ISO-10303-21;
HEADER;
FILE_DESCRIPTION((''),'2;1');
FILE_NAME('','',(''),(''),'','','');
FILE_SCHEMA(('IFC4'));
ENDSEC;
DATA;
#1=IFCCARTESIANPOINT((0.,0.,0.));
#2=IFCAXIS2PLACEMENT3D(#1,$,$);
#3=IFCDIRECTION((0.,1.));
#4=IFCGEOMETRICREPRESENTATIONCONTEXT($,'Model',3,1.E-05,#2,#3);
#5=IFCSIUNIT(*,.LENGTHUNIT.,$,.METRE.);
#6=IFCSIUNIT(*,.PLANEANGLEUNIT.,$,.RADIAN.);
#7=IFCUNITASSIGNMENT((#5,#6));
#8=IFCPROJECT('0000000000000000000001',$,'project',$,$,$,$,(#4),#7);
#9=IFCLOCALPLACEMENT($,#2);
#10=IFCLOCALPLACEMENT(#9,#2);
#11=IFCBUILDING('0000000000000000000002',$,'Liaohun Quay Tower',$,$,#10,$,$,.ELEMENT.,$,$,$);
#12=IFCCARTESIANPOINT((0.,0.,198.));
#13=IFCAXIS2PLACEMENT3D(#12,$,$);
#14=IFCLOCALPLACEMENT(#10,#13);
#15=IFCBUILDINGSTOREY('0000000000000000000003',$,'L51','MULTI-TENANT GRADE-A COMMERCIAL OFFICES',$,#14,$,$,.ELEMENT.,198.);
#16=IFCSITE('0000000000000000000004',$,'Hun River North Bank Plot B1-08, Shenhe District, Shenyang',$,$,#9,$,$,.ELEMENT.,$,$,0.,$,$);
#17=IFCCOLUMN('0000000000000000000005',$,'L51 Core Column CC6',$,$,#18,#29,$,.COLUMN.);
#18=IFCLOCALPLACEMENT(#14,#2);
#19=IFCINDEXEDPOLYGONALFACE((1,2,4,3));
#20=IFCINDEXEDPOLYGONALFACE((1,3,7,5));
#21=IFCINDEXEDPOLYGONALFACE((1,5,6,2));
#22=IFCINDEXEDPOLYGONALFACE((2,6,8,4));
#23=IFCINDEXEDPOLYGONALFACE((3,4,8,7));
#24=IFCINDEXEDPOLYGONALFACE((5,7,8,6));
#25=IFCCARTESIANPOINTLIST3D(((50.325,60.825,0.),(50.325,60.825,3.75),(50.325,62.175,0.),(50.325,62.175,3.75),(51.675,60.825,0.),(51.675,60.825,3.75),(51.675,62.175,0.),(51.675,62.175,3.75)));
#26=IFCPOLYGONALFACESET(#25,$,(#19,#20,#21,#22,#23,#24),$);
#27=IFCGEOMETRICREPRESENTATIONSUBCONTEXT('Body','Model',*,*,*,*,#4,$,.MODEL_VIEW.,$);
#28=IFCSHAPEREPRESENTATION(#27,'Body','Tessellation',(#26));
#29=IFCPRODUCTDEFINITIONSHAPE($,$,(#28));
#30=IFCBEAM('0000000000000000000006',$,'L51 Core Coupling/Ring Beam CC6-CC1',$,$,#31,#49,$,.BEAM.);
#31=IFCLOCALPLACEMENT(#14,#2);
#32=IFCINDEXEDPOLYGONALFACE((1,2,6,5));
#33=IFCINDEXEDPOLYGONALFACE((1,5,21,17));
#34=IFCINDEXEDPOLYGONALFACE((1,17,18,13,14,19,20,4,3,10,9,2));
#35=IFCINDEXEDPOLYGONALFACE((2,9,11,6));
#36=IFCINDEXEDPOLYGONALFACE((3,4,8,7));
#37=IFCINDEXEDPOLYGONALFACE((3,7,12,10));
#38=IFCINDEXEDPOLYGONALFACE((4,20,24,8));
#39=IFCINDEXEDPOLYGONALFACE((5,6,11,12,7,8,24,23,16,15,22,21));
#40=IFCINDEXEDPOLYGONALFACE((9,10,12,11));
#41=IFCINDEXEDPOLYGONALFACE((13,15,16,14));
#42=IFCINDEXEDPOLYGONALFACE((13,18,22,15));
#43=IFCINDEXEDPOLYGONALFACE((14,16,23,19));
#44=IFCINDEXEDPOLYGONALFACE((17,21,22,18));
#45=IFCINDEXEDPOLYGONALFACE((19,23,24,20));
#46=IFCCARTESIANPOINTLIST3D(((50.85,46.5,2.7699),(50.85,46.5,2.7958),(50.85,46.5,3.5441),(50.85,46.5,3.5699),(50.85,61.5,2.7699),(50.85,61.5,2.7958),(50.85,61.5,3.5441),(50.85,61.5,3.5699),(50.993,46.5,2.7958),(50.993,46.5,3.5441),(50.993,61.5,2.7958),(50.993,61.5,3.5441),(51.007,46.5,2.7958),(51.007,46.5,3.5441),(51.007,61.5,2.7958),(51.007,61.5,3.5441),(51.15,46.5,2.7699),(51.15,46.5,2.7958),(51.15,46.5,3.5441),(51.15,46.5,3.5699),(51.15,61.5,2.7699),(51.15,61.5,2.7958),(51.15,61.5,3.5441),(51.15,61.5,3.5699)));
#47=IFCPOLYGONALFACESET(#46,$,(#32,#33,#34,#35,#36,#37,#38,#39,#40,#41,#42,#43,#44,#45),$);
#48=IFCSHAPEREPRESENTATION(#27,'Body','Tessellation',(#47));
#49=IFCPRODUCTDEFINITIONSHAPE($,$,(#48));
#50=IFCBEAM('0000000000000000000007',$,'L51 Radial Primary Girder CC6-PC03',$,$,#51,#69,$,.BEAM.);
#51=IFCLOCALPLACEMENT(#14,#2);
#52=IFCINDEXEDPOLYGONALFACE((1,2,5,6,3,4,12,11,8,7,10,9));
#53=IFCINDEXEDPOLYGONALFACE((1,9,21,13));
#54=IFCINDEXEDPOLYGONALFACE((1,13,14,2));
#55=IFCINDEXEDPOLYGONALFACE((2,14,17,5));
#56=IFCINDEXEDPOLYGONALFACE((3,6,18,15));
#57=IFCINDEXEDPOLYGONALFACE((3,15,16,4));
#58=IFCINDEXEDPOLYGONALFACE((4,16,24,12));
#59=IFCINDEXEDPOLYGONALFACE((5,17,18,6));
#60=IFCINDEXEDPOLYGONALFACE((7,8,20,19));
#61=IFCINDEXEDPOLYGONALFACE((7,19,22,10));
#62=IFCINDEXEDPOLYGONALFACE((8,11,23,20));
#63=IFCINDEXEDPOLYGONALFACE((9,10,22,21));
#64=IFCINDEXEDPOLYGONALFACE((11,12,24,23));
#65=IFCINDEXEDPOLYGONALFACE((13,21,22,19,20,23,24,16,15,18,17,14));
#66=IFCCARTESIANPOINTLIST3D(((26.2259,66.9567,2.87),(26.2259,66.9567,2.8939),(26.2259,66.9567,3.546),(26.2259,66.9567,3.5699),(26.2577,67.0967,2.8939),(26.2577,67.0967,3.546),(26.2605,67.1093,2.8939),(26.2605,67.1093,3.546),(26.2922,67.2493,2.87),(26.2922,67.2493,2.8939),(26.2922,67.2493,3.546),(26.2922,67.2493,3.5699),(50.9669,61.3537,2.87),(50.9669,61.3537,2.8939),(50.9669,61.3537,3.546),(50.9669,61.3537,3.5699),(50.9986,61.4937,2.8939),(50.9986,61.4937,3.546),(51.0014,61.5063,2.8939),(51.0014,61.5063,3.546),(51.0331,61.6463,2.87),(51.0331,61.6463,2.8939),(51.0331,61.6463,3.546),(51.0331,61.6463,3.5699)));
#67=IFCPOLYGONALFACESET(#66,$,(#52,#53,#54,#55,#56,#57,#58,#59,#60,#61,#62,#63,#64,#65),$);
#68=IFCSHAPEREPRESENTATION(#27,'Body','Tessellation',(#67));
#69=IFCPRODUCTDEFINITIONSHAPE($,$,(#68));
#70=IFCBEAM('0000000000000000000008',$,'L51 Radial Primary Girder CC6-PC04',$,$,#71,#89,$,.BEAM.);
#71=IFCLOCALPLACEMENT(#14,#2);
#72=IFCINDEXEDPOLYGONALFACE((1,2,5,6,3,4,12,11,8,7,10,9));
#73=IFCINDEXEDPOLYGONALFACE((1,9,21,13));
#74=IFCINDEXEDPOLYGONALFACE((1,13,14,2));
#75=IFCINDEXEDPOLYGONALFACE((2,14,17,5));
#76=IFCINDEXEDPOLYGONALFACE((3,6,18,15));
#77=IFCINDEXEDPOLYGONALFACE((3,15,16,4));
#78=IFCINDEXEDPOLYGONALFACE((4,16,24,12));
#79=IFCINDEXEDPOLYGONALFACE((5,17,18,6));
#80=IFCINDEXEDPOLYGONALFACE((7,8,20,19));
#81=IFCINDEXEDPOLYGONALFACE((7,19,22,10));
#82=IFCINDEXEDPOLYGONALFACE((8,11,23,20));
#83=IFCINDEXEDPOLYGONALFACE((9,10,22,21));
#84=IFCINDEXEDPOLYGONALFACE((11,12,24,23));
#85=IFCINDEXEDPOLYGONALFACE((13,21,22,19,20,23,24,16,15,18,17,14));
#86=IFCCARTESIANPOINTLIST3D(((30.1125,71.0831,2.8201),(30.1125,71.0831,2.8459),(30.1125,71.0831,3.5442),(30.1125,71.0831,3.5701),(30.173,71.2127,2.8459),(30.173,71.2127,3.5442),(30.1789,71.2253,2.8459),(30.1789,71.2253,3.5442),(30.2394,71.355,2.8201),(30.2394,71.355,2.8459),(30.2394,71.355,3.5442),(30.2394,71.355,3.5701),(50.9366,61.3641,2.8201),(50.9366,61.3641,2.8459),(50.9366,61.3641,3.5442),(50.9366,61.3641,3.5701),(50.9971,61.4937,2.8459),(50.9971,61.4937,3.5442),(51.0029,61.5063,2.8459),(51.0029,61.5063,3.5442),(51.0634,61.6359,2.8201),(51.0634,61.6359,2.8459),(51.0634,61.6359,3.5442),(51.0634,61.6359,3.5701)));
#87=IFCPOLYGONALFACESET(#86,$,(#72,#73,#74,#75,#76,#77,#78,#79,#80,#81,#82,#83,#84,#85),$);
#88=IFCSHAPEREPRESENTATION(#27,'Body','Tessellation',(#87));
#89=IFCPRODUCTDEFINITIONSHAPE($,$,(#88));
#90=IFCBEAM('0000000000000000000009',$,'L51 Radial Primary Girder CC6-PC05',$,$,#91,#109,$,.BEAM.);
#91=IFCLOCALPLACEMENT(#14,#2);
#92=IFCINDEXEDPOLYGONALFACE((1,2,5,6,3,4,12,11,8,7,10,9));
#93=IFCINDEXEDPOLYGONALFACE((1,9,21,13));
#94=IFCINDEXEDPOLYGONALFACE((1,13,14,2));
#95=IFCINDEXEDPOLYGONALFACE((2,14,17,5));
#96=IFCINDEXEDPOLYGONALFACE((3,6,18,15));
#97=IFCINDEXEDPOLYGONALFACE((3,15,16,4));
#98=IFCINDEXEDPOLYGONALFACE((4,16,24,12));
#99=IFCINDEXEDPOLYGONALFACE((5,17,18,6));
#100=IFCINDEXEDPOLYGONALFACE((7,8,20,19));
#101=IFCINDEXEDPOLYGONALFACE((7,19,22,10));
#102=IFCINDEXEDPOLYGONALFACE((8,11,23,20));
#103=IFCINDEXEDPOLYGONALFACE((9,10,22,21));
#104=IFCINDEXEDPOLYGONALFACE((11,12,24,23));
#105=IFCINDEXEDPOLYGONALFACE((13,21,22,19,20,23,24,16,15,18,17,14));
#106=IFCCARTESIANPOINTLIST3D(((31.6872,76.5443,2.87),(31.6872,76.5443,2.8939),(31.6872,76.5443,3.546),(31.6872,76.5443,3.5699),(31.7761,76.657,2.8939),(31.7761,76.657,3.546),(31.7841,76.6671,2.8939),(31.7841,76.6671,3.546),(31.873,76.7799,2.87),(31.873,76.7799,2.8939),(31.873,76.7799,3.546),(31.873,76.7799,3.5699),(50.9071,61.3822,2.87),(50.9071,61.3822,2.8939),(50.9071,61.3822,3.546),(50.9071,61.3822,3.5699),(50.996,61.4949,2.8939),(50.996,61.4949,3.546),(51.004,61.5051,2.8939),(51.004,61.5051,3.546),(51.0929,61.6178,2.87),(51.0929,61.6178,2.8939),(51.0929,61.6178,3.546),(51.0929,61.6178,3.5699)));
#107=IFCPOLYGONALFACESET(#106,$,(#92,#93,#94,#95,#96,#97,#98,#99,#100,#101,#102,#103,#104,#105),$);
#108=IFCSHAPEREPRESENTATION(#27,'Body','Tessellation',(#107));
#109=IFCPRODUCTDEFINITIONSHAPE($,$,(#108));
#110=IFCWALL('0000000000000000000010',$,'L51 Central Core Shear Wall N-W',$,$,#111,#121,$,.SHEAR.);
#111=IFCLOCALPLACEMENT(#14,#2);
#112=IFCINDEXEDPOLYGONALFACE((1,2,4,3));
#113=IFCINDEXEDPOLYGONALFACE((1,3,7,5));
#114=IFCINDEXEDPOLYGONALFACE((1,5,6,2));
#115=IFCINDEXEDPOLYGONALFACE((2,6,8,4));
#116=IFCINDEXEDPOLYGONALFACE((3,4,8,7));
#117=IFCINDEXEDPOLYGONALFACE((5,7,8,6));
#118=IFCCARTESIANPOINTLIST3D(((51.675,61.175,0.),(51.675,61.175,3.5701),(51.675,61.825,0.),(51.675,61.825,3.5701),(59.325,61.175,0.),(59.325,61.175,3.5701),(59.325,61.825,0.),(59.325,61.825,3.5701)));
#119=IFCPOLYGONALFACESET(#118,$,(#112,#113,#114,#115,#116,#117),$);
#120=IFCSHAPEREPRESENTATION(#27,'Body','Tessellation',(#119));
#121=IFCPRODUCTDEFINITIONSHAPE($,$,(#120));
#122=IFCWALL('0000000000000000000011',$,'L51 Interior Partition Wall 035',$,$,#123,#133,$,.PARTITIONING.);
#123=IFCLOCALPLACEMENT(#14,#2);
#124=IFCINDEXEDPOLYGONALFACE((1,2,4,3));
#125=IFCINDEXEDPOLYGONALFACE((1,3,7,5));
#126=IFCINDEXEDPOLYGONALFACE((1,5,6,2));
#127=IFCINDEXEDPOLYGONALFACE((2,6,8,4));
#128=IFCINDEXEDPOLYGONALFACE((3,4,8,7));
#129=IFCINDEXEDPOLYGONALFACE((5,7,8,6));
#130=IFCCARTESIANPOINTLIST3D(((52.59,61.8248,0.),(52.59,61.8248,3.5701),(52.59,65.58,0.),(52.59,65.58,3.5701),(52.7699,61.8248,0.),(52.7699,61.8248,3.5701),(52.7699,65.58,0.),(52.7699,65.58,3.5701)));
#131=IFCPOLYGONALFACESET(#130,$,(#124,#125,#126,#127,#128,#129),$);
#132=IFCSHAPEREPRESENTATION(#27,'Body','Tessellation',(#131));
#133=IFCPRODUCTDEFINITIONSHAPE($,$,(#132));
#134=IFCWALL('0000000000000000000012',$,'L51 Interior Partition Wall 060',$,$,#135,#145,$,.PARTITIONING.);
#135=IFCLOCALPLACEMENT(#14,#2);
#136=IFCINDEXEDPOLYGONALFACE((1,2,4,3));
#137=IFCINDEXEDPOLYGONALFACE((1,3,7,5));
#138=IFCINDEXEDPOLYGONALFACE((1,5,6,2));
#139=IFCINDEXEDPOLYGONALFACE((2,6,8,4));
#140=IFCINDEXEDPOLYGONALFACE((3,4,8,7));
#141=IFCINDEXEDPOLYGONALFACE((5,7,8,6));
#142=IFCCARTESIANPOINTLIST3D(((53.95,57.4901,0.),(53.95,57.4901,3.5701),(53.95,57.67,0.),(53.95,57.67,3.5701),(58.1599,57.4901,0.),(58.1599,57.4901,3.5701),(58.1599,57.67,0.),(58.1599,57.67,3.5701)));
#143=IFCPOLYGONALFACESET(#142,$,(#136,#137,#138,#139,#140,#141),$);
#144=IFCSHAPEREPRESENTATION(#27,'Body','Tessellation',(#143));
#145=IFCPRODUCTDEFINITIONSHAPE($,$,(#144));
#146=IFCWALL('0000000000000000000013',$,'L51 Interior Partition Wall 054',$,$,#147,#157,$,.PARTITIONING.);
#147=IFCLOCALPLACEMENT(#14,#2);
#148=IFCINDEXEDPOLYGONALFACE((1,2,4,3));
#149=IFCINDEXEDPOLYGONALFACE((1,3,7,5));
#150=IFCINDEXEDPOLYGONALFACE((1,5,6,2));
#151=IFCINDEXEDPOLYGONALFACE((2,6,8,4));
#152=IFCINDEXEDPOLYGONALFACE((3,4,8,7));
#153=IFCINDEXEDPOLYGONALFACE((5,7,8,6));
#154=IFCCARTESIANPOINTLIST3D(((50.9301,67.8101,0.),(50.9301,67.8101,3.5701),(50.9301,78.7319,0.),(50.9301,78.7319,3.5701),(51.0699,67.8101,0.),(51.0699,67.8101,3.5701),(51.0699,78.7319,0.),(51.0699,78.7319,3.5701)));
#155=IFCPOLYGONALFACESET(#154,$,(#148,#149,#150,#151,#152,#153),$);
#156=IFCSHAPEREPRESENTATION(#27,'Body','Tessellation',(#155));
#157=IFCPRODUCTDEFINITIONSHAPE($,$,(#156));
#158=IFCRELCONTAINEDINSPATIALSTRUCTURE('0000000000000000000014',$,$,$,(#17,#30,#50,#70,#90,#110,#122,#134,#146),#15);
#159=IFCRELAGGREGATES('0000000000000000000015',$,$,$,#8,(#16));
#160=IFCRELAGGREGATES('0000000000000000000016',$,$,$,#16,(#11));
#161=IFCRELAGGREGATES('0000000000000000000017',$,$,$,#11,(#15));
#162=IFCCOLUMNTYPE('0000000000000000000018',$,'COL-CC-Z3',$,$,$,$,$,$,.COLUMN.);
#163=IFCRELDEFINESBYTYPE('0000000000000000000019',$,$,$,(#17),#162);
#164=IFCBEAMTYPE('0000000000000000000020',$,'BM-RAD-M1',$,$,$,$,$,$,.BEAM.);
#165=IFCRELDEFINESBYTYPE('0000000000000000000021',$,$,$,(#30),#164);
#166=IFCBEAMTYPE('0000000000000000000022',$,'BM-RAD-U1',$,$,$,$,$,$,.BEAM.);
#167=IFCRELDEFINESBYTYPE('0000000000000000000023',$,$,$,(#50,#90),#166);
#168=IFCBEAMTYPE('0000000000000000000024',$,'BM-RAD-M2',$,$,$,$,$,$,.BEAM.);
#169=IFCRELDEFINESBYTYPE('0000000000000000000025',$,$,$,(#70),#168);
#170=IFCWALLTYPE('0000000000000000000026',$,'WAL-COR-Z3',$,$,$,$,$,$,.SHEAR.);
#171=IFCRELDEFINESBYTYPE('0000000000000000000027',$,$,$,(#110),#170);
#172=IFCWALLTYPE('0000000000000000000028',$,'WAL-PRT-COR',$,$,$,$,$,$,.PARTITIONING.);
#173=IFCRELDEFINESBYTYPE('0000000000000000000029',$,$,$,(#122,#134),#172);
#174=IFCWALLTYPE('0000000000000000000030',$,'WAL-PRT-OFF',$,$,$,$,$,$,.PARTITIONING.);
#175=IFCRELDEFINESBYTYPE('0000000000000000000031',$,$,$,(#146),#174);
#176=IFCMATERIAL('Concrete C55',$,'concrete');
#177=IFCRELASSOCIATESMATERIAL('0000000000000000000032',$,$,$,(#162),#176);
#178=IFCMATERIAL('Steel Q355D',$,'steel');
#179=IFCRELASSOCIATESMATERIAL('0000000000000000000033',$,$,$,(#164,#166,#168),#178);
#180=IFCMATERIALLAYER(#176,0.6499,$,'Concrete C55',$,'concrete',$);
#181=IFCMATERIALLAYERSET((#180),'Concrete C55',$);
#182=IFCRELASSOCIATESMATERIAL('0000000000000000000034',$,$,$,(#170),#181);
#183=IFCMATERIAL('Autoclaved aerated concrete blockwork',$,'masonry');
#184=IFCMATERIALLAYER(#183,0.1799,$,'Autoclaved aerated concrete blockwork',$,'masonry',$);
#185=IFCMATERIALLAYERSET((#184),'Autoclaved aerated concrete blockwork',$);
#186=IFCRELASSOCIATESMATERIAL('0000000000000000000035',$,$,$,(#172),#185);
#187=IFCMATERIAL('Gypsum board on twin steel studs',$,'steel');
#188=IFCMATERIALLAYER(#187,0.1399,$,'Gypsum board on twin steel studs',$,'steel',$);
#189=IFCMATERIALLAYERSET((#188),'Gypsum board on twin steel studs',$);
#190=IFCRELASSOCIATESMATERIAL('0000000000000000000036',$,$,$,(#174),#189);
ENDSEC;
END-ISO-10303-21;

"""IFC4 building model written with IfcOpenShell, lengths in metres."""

from ifc_helpers import new_model, si_unit, direction, frame, frame_2d, origin, origin_2d, place, context, subcontext, project, spatial, rectangle, i_section, extrude, source, transform, mapped, material, layer, layer_set, material_profile, profile_set, type_object, element, save


model = new_model("IFC4")

# Units and contexts
model_context = context("Model", 3, precision=1e-05, world=origin(), true_north=direction((0.0, 1.0)))
body_context = subcontext(model_context, "Body", "Model", "MODEL_VIEW")
ifc_project = project(units=[si_unit("LENGTHUNIT", "METRE"), si_unit("PLANEANGLEUNIT", "RADIAN")], contexts=[model_context])

# Site, building, storey
site_placement = place(None, origin())
site = spatial("IfcSite", under=ifc_project, at=site_placement, Name="Hun River North Bank Plot B1-08, Shenhe District, Shenyang", CompositionType="ELEMENT", RefElevation=0.0)
building_placement = place(site_placement, origin())
building = spatial("IfcBuilding", under=site, at=building_placement, Name="Liaohun Quay Tower", CompositionType="ELEMENT")
storey_placement = place(building_placement, frame((0.0, 0.0, 198.0)))
storey = spatial("IfcBuildingStorey", under=building, at=storey_placement, Name="L51", Description="MULTI-TENANT GRADE-A COMMERCIAL OFFICES", CompositionType="ELEMENT", Elevation=198.0)

# Column
ifc_material_1 = material(Name="Concrete C55", Category="concrete")
ifc_material_profile_1 = material_profile(ifc_material_1, rectangle(XDim=1.3501, YDim=1.3501, at=origin_2d()), Name="RC1350x1350")
ifc_profile_set_1 = profile_set([ifc_material_profile_1], Name="Concrete C55")
column_type = type_object("IfcColumnType", Name="COL-CC-Z3", PredefinedType="COLUMN", material=ifc_profile_set_1)
shared_shape_1 = source(origin(), body_context, "Body", "SweptSolid", [
    extrude(rectangle(XDim=1.3501, YDim=1.3501, at=origin_2d()), origin(), (0.0, 0.0, 1.0), 3.75),
])
column_placement = place(storey_placement, frame((51.0, 61.5, 0.0), z_axis=(0.0, 0.0, 1.0), x_axis=(1.0, 0.0, 0.0)))
element("IfcColumn", 1, at=column_placement, inside=storey, type_object=column_type, Name="L51 Core Column CC6", PredefinedType="COLUMN", context=body_context, shape_type="MappedRepresentation", body=[
    mapped(shared_shape_1, transform((0.0, 0.0, 0.0), x_axis=(1.0, 0.0, 0.0), y_axis=(0.0, 1.0, 0.0), z_axis=(0.0, 0.0, 1.0), scale=1.0)),
])

# Beams
ifc_material_2 = material(Name="Steel Q355D", Category="steel")
ifc_material_profile_2 = material_profile(ifc_material_2, i_section(OverallWidth=0.3, OverallDepth=0.8, WebThickness=0.0139, FlangeThickness=0.0259, at=origin_2d()), Name="HN800x300x14x26")
ifc_profile_set_2 = profile_set([ifc_material_profile_2], Name="Steel Q355D")
beam_type_1 = type_object("IfcBeamType", Name="BM-RAD-M1", PredefinedType="BEAM", material=ifc_profile_set_2)
shared_shape_2 = source(origin(), body_context, "Body", "SweptSolid", [
    extrude(i_section(OverallWidth=0.3, OverallDepth=0.8, WebThickness=0.0139, FlangeThickness=0.0259, at=origin_2d()), origin(), (0.0, 0.0, 1.0), 15.0),
])
beam_1_placement = place(storey_placement, frame((51.0, 61.5, 3.1699), z_axis=(0.0, -1.0, 0.0), x_axis=(1.0, 0.0, 0.0)))
element("IfcBeam", 2, at=beam_1_placement, inside=storey, type_object=beam_type_1, Name="L51 Core Coupling/Ring Beam CC6-CC1", PredefinedType="BEAM", context=body_context, shape_type="MappedRepresentation", body=[
    mapped(shared_shape_2, transform((0.0, 0.0, 0.0), x_axis=(1.0, 0.0, 0.0), y_axis=(0.0, 1.0, 0.0), z_axis=(0.0, 0.0, 1.0), scale=1.0)),
])
ifc_material_profile_3 = material_profile(ifc_material_2, i_section(OverallWidth=0.3, OverallDepth=0.7, WebThickness=0.0129, FlangeThickness=0.0239, at=origin_2d()), Name="HN700x300x13x24")
ifc_profile_set_3 = profile_set([ifc_material_profile_3], Name="Steel Q355D")
beam_type_2 = type_object("IfcBeamType", Name="BM-RAD-U1", PredefinedType="BEAM", material=ifc_profile_set_3)
shared_shape_3 = source(origin(), body_context, "Body", "SweptSolid", [
    extrude(i_section(OverallWidth=0.3, OverallDepth=0.7, WebThickness=0.0129, FlangeThickness=0.0239, at=origin_2d()), origin(), (0.0, 0.0, 1.0), 25.3674),
])
beam_2_placement = place(storey_placement, frame((51.0, 61.5, 3.22), z_axis=(-0.975302, 0.220874, 0.0), x_axis=(-0.220874, -0.975302, 0.0)))
element("IfcBeam", 3, at=beam_2_placement, inside=storey, type_object=beam_type_2, Name="L51 Radial Primary Girder CC6-PC03", PredefinedType="BEAM", context=body_context, shape_type="MappedRepresentation", body=[
    mapped(shared_shape_3, transform((0.0, 0.0, 0.0), x_axis=(1.0, 0.0, 0.0), y_axis=(0.0, 1.0, 0.0), z_axis=(0.0, 0.0, 1.0), scale=1.0)),
])
ifc_material_profile_4 = material_profile(ifc_material_2, i_section(OverallWidth=0.3, OverallDepth=0.75, WebThickness=0.0139, FlangeThickness=0.0259, at=origin_2d()), Name="HN750x300x14x26")
ifc_profile_set_4 = profile_set([ifc_material_profile_4], Name="Steel Q355D")
beam_type_3 = type_object("IfcBeamType", Name="BM-RAD-M2", PredefinedType="BEAM", material=ifc_profile_set_4)
shared_shape_4 = source(origin(), body_context, "Body", "SweptSolid", [
    extrude(i_section(OverallWidth=0.3, OverallDepth=0.75, WebThickness=0.0139, FlangeThickness=0.0259, at=origin_2d()), origin(), (0.0, 0.0, 1.0), 22.9805),
])
beam_3_placement = place(storey_placement, frame((51.0, 61.5, 3.1951), z_axis=(-0.906164, 0.422926, 0.0), x_axis=(-0.422926, -0.906164, 0.0)))
element("IfcBeam", 4, at=beam_3_placement, inside=storey, type_object=beam_type_3, Name="L51 Radial Primary Girder CC6-PC04", PredefinedType="BEAM", context=body_context, shape_type="MappedRepresentation", body=[
    mapped(shared_shape_4, transform((0.0, 0.0, 0.0), x_axis=(1.0, 0.0, 0.0), y_axis=(0.0, 1.0, 0.0), z_axis=(0.0, 0.0, 1.0), scale=1.0)),
])
shared_shape_5 = source(origin(), body_context, "Body", "SweptSolid", [
    extrude(i_section(OverallWidth=0.3, OverallDepth=0.7, WebThickness=0.0129, FlangeThickness=0.0239, at=origin_2d()), origin(), (0.0, 0.0, 1.0), 24.4805),
])
beam_4_placement = place(storey_placement, frame((51.0, 61.5, 3.22), z_axis=(-0.785112, 0.619354, 0.0), x_axis=(-0.619354, -0.785112, 0.0)))
element("IfcBeam", 5, at=beam_4_placement, inside=storey, type_object=beam_type_2, Name="L51 Radial Primary Girder CC6-PC05", PredefinedType="BEAM", context=body_context, shape_type="MappedRepresentation", body=[
    mapped(shared_shape_5, transform((0.0, 0.0, 0.0), x_axis=(1.0, 0.0, 0.0), y_axis=(0.0, 1.0, 0.0), z_axis=(0.0, 0.0, 1.0), scale=1.0)),
])

# Walls
ifc_layer_1 = layer(ifc_material_1, 0.6499, Name="Concrete C55", Category="concrete")
ifc_layer_set_1 = layer_set([ifc_layer_1], Name="Concrete C55")
wall_type_1 = type_object("IfcWallType", Name="WAL-COR-Z3", PredefinedType="SHEAR", material=ifc_layer_set_1)
wall_1_placement = place(storey_placement, frame((51.675, 61.5, 0.0), z_axis=(0.0, 0.0, 1.0), x_axis=(1.0, 0.0, 0.0)))
element("IfcWall", 6, at=wall_1_placement, inside=storey, type_object=wall_type_1, Name="L51 Central Core Shear Wall N-W", PredefinedType="SHEAR", context=body_context, shape_type="SweptSolid", body=[
    extrude(rectangle(XDim=7.6499, YDim=0.6499, at=frame_2d((3.825, 0.0))), origin(), (0.0, 0.0, 1.0), 3.5701),
])
ifc_material_3 = material(Name="Autoclaved aerated concrete blockwork", Category="masonry")
ifc_layer_2 = layer(ifc_material_3, 0.1799, Name="Autoclaved aerated concrete blockwork", Category="masonry")
ifc_layer_set_2 = layer_set([ifc_layer_2], Name="Autoclaved aerated concrete blockwork")
wall_type_2 = type_object("IfcWallType", Name="WAL-PRT-COR", PredefinedType="PARTITIONING", material=ifc_layer_set_2)
wall_2_placement = place(storey_placement, frame((52.6799, 61.825, 0.0), z_axis=(0.0, 0.0, 1.0), x_axis=(0.0, 1.0, 0.0)))
element("IfcWall", 7, at=wall_2_placement, inside=storey, type_object=wall_type_2, Name="L51 Interior Partition Wall 035", PredefinedType="PARTITIONING", context=body_context, shape_type="SweptSolid", body=[
    extrude(rectangle(XDim=3.7551, YDim=0.1799, at=frame_2d((1.8774, 0.0))), origin(), (0.0, 0.0, 1.0), 3.5701),
])
wall_3_placement = place(storey_placement, frame((53.95, 57.5801, 0.0), z_axis=(0.0, 0.0, 1.0), x_axis=(1.0, 0.0, 0.0)))
element("IfcWall", 8, at=wall_3_placement, inside=storey, type_object=wall_type_2, Name="L51 Interior Partition Wall 060", PredefinedType="PARTITIONING", context=body_context, shape_type="SweptSolid", body=[
    extrude(rectangle(XDim=4.21, YDim=0.1799, at=frame_2d((2.105, 0.0))), origin(), (0.0, 0.0, 1.0), 3.5701),
])
ifc_material_4 = material(Name="Gypsum board on twin steel studs", Category="steel")
ifc_layer_3 = layer(ifc_material_4, 0.1399, Name="Gypsum board on twin steel studs", Category="steel")
ifc_layer_set_3 = layer_set([ifc_layer_3], Name="Gypsum board on twin steel studs")
wall_type_3 = type_object("IfcWallType", Name="WAL-PRT-OFF", PredefinedType="PARTITIONING", material=ifc_layer_set_3)
wall_4_placement = place(storey_placement, frame((51.0, 67.8101, 0.0), z_axis=(0.0, 0.0, 1.0), x_axis=(0.0, 1.0, 0.0)))
element("IfcWall", 9, at=wall_4_placement, inside=storey, type_object=wall_type_3, Name="L51 Interior Partition Wall 054", PredefinedType="PARTITIONING", context=body_context, shape_type="SweptSolid", body=[
    extrude(rectangle(XDim=10.9219, YDim=0.1399, at=frame_2d((5.4609, 0.0))), origin(), (0.0, 0.0, 1.0), 3.5701),
])

save(model, "model.ifc")
